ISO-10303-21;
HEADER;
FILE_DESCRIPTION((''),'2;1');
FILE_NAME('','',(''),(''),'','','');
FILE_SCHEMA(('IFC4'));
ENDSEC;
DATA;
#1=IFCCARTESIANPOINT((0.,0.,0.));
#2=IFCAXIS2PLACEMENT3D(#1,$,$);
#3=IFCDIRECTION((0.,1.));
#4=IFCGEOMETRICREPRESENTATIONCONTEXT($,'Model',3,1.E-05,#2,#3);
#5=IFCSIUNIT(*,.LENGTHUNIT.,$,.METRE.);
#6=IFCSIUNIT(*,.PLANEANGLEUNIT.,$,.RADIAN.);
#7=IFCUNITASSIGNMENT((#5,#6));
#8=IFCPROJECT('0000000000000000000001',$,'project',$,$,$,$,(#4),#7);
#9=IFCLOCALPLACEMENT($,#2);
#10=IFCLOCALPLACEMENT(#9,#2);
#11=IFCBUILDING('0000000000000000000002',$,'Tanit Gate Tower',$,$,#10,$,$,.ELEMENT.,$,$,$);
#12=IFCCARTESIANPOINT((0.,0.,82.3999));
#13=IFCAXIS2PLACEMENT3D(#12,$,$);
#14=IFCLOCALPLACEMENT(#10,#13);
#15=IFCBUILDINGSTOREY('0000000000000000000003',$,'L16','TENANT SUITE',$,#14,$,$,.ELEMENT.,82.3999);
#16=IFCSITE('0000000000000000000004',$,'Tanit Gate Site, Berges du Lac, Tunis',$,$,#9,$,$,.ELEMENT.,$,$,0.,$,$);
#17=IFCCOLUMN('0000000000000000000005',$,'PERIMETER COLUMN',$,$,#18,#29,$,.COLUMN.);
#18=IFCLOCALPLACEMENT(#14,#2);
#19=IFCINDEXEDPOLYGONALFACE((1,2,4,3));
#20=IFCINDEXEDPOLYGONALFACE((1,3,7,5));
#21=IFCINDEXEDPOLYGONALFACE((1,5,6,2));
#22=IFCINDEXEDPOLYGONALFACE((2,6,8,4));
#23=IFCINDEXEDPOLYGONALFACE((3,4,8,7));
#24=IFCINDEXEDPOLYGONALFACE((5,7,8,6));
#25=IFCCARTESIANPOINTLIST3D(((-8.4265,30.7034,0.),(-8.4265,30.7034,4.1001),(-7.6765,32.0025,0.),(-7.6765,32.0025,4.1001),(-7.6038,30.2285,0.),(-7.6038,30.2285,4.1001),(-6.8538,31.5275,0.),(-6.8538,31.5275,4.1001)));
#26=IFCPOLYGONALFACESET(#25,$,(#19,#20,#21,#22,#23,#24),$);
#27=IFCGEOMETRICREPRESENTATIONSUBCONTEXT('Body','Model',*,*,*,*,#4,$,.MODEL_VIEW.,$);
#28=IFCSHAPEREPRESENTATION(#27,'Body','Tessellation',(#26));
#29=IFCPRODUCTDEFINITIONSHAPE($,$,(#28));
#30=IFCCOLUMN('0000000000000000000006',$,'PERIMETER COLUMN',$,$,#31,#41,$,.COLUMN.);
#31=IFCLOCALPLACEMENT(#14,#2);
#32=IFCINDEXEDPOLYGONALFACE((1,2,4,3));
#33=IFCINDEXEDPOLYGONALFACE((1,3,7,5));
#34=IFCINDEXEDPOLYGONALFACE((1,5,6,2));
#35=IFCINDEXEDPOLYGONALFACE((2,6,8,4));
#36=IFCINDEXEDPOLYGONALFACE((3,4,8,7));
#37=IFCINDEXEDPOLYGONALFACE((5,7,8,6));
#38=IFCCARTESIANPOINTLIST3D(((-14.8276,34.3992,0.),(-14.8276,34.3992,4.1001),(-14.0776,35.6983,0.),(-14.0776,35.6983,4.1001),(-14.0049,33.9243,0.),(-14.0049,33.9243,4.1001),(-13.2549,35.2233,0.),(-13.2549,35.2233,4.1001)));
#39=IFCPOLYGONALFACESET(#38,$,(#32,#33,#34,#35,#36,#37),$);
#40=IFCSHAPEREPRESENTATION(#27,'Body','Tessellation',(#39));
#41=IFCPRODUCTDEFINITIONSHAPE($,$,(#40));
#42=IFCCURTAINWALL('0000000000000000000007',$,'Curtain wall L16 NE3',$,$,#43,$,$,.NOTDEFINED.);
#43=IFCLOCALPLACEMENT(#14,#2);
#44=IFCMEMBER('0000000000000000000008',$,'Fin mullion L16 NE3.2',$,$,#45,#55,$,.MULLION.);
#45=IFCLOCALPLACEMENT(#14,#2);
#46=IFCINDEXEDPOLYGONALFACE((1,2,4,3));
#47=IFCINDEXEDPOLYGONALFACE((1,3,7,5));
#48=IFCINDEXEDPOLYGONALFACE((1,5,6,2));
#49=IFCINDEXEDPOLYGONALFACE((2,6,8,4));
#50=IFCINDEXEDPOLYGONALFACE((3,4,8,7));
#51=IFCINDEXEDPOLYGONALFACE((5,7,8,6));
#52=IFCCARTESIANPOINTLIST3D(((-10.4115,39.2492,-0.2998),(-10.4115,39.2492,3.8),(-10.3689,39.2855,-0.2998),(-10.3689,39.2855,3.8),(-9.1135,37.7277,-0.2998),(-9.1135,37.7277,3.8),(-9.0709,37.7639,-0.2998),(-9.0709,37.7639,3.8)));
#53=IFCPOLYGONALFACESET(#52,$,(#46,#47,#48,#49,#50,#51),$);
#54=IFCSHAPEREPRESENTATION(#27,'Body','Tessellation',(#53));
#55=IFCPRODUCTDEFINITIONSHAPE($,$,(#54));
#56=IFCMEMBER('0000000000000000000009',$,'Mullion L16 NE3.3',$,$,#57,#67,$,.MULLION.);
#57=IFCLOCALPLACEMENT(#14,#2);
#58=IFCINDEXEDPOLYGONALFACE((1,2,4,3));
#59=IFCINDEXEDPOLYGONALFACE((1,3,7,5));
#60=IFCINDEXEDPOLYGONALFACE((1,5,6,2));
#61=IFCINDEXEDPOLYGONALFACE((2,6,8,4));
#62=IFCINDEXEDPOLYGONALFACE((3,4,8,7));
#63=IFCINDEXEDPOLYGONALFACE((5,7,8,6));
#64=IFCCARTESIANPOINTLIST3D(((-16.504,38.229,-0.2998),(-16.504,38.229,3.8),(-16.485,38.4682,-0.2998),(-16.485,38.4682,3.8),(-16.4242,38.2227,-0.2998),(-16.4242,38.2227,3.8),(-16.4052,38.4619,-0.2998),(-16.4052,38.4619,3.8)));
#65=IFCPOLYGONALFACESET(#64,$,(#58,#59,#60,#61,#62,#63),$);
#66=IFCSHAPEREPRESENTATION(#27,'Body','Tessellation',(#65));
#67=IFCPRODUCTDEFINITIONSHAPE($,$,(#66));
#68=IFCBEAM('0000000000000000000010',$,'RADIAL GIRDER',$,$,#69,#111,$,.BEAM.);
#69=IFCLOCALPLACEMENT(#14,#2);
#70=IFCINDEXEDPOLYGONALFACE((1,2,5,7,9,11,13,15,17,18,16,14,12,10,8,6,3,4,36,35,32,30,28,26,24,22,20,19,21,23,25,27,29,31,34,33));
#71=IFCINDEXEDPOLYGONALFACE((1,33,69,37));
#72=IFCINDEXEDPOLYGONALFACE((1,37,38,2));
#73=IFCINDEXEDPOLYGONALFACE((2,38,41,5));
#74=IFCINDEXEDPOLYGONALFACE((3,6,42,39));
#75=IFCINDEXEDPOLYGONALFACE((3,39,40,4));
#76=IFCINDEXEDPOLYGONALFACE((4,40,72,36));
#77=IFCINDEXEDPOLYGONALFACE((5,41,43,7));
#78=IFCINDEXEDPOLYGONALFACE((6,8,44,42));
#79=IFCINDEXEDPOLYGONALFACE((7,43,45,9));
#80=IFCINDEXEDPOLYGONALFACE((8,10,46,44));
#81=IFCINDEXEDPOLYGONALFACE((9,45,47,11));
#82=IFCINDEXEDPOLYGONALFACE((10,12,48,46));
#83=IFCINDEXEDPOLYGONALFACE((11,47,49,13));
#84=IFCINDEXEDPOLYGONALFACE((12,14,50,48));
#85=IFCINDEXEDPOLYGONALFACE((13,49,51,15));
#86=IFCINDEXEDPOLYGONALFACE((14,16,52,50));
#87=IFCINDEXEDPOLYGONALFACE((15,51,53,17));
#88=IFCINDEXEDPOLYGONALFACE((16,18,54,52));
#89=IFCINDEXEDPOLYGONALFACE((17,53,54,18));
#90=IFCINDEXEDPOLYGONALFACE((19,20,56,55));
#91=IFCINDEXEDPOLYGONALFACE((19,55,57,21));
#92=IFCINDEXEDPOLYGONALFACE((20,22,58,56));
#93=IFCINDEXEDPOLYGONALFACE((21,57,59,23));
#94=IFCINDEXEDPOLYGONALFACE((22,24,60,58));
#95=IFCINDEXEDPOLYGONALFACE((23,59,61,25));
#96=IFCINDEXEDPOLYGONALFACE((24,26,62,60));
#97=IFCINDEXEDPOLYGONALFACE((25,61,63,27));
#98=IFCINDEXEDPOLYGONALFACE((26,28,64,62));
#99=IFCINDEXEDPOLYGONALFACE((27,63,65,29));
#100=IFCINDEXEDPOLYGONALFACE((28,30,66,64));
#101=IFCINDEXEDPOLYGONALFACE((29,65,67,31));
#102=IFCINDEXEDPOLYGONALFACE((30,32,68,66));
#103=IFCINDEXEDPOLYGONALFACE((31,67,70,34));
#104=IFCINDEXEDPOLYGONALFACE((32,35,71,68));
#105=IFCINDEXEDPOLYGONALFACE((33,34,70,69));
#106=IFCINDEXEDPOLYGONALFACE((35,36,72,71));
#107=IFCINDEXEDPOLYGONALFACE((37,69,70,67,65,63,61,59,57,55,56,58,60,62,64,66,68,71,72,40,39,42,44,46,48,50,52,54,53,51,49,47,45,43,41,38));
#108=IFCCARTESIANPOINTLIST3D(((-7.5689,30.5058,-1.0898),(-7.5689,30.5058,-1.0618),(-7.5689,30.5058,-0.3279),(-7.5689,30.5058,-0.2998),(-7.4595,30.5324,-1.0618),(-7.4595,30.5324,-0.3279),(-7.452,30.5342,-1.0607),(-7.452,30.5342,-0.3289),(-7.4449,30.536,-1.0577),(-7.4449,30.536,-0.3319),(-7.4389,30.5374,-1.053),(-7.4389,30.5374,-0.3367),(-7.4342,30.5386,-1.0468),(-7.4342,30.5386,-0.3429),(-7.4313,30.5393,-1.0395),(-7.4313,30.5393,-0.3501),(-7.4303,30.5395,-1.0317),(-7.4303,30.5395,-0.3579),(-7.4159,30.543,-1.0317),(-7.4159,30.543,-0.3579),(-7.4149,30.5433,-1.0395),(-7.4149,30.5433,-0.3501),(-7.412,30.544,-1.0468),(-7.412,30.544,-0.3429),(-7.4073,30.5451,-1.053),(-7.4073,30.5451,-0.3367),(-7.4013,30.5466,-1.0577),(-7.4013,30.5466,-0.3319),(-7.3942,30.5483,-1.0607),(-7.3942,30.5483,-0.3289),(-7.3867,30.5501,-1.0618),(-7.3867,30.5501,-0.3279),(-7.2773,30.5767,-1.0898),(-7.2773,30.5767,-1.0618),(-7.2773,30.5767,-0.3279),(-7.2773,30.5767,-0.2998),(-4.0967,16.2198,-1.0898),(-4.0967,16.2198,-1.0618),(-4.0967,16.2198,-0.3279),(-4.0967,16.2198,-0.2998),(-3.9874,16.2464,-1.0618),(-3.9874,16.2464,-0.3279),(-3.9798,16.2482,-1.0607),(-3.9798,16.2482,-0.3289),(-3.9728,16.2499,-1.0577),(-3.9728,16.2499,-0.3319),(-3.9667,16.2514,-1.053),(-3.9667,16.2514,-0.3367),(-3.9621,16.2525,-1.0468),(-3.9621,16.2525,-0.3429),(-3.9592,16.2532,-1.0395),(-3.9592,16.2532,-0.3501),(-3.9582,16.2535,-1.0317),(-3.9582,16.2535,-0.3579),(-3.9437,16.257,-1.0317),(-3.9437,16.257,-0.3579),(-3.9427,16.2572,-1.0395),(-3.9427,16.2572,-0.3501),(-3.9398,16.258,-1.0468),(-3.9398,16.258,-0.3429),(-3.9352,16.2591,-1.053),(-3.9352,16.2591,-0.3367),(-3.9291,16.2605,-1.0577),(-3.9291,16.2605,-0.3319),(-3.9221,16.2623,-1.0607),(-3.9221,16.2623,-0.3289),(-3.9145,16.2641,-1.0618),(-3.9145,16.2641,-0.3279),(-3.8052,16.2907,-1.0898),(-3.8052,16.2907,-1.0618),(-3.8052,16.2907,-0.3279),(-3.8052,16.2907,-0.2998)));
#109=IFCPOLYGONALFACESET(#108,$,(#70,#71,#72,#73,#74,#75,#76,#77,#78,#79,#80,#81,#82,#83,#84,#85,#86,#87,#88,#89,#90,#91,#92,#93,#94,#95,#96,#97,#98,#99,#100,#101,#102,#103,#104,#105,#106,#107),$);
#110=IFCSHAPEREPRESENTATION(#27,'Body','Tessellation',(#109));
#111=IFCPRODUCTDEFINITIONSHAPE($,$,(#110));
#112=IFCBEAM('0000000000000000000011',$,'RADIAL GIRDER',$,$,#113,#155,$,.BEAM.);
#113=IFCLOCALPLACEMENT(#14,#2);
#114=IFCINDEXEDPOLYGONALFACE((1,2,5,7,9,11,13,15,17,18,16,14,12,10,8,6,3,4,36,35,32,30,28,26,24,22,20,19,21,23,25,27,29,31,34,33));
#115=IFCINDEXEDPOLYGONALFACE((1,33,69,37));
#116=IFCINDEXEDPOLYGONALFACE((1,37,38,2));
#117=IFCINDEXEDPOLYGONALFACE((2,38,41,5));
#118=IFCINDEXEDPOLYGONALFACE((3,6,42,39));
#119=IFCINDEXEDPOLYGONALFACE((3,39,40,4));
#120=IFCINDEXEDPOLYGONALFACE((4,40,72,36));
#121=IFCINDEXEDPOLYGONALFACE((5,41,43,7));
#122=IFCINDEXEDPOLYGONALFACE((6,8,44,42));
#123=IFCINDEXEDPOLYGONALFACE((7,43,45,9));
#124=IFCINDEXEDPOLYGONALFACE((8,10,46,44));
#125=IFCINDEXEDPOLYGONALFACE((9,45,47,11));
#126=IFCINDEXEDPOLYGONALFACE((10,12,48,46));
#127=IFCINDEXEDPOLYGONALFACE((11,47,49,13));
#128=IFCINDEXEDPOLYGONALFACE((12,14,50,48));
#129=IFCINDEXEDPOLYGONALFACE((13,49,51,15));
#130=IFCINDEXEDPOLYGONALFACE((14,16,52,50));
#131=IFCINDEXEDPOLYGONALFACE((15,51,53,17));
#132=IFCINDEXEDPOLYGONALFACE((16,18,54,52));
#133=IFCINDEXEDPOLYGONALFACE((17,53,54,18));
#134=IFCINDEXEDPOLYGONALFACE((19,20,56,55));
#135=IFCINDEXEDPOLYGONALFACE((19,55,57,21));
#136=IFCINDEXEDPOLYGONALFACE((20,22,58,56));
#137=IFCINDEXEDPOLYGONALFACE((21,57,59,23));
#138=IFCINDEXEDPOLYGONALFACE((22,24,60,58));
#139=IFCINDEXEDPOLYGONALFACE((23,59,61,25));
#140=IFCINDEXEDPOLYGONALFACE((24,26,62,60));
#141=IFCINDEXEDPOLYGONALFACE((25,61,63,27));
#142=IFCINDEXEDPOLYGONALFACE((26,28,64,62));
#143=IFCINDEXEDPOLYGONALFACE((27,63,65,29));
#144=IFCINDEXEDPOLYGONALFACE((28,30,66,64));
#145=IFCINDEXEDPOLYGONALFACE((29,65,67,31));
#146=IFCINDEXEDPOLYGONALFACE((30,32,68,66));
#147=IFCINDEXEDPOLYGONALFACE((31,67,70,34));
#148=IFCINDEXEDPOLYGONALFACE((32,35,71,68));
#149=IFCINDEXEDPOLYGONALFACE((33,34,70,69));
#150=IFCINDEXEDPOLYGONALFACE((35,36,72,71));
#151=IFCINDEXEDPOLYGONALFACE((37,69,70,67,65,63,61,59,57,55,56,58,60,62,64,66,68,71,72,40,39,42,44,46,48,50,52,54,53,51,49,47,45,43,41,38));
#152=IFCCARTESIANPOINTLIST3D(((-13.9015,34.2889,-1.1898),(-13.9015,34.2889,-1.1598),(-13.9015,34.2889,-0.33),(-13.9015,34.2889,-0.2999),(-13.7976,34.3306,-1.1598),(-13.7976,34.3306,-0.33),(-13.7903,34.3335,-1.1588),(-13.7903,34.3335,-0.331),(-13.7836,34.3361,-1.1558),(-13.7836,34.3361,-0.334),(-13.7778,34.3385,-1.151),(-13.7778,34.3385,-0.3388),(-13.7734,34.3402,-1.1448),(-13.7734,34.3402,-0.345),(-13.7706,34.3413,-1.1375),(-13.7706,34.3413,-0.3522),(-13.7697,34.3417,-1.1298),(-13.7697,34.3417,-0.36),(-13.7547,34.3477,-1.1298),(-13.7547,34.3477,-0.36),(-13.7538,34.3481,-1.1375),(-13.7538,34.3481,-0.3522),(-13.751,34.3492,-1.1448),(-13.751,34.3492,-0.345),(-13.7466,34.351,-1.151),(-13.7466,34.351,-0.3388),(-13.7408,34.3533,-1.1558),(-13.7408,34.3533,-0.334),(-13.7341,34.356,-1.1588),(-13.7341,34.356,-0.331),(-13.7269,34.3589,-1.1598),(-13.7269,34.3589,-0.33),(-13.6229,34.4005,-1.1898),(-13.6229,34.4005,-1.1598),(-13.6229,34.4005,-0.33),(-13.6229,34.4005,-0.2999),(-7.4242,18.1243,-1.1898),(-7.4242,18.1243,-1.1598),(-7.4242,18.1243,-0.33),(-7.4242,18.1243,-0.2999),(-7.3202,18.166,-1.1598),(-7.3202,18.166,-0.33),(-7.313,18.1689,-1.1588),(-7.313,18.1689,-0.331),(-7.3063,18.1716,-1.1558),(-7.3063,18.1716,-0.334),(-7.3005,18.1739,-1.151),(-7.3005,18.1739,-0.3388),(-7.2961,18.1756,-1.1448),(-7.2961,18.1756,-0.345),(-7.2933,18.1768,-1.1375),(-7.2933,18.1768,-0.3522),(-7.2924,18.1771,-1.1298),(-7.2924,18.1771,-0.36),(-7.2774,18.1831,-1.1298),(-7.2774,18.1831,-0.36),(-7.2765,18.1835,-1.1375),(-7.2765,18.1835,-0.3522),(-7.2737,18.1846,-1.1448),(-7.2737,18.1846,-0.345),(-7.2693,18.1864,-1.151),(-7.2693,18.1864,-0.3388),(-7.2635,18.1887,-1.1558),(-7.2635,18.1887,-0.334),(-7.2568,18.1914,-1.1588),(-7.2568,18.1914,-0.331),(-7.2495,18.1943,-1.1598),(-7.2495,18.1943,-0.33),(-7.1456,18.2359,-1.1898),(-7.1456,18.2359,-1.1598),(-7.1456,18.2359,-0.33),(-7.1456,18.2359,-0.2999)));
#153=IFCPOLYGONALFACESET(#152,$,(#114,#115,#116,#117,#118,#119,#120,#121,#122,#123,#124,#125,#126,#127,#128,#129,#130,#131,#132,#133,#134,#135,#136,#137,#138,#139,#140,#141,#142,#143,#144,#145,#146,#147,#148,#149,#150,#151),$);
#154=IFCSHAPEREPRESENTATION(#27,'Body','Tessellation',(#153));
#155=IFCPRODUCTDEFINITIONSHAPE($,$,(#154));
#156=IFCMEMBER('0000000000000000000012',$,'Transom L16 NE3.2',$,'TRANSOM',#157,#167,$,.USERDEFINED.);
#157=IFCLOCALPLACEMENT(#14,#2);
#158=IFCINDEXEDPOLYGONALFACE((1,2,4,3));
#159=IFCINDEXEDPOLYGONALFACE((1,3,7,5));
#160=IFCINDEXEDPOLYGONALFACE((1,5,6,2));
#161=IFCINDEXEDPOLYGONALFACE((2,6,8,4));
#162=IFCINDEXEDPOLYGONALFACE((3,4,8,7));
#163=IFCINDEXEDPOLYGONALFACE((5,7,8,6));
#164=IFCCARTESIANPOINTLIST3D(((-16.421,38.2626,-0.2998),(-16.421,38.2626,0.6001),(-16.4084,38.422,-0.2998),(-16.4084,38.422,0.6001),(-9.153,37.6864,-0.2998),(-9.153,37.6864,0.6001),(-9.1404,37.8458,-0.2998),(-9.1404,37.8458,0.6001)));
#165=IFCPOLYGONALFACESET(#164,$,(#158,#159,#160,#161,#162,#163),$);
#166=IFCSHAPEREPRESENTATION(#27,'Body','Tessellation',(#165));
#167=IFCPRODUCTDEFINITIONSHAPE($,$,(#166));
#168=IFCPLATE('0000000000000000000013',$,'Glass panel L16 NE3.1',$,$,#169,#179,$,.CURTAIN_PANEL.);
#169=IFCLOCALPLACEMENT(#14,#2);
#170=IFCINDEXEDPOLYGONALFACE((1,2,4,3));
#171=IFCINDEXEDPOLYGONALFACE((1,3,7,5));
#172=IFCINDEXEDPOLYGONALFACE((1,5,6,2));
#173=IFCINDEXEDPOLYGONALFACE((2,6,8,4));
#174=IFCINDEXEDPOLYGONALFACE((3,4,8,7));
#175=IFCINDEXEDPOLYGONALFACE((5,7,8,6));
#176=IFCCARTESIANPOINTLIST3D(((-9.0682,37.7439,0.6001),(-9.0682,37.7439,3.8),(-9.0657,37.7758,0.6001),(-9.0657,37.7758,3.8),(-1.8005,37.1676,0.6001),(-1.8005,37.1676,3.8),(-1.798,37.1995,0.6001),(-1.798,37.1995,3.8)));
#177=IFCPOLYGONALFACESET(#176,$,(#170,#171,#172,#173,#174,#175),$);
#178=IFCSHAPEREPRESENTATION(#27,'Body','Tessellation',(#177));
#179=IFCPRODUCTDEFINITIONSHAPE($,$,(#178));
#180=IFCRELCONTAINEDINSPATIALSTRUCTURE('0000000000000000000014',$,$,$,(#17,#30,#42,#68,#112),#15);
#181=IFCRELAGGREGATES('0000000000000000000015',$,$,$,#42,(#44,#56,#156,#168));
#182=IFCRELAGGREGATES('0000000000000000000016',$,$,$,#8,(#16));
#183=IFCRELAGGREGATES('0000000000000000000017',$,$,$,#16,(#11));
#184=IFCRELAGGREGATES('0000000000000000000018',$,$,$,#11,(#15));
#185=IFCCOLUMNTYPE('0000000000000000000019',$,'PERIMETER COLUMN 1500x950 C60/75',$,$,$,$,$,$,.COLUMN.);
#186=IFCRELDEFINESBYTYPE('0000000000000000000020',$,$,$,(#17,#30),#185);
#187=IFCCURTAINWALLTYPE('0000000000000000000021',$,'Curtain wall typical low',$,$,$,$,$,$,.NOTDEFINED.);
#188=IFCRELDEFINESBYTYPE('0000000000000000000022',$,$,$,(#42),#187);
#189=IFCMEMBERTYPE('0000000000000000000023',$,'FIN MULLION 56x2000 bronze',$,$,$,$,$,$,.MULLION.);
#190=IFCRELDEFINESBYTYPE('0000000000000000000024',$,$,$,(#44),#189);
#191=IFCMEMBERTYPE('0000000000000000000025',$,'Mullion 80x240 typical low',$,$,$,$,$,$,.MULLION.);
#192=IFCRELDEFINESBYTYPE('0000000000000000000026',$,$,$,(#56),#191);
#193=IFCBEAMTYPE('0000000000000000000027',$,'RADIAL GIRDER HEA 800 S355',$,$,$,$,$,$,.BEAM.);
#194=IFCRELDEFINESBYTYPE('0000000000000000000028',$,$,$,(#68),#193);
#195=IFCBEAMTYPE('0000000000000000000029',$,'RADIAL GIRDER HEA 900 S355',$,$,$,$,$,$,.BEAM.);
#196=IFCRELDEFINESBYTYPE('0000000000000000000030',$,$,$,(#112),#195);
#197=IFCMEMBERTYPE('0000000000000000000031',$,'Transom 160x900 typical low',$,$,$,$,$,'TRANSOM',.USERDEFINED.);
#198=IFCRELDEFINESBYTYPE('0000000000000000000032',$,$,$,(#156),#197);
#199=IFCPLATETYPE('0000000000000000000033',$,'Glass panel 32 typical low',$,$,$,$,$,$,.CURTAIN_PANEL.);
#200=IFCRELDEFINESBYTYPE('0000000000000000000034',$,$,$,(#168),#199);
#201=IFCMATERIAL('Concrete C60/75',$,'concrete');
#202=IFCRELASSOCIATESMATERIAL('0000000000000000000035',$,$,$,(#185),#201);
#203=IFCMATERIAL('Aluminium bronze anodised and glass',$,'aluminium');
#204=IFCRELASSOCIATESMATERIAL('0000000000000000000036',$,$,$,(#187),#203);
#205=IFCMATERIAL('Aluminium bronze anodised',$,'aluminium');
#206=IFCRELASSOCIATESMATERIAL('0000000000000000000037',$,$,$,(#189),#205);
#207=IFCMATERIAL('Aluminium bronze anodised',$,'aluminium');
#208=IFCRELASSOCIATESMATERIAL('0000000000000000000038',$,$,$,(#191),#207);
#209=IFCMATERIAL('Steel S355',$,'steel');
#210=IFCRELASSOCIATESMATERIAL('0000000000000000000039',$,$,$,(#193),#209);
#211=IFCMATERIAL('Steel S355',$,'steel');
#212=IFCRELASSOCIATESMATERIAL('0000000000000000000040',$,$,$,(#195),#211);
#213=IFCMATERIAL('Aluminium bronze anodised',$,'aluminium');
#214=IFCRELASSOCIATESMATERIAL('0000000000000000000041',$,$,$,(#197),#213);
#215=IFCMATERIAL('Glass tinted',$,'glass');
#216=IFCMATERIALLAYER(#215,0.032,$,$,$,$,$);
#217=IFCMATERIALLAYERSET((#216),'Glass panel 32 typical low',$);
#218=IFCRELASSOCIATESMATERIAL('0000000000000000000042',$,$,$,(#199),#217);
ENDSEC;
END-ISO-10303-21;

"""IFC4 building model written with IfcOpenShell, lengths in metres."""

from ifc_helpers import new_model, si_unit, direction, frame, origin, origin_2d, place, context, subcontext, project, spatial, rectangle, i_section, extrude, material, layer, layer_set, material_profile, profile_set, type_object, element, aggregate, save


model = new_model("IFC4")

# Units and contexts
model_context = context("Model", 3, precision=1e-05, world=origin(), true_north=direction((0.0, 1.0)))
body_context = subcontext(model_context, "Body", "Model", "MODEL_VIEW")
ifc_project = project(units=[si_unit("LENGTHUNIT", "METRE"), si_unit("PLANEANGLEUNIT", "RADIAN")], contexts=[model_context])

# Site, building, storey
site_placement = place(None, origin())
site = spatial("IfcSite", under=ifc_project, at=site_placement, Name="Tanit Gate Site, Berges du Lac, Tunis", CompositionType="ELEMENT", RefElevation=0.0)
building_placement = place(site_placement, origin())
building = spatial("IfcBuilding", under=site, at=building_placement, Name="Tanit Gate Tower", CompositionType="ELEMENT")
storey_placement = place(building_placement, frame((0.0, 0.0, 82.3999)))
storey = spatial("IfcBuildingStorey", under=building, at=storey_placement, Name="L16", Description="TENANT SUITE", CompositionType="ELEMENT", Elevation=82.3999)

# Columns
ifc_material_1 = material(Name="Concrete C60/75", Category="concrete")
ifc_material_profile_1 = material_profile(ifc_material_1, rectangle(XDim=1.5, YDim=0.95, at=origin_2d()), Name="RC 1500x950")
ifc_profile_set_1 = profile_set([ifc_material_profile_1], Name="Concrete C60/75")
column_type = type_object("IfcColumnType", Name="PERIMETER COLUMN 1500x950 C60/75", PredefinedType="COLUMN", material=ifc_profile_set_1)
for number, where, z_axis, x_axis, name in (
    (1, (-7.6401, 31.1155, 0.0), (0.0, 0.0, 1.0), (0.5, 0.866025, 0.0), "PERIMETER COLUMN"),
    (2, (-14.0413, 34.8113, 0.0), (0.0, 0.0, 1.0), (0.5, 0.866025, 0.0), "PERIMETER COLUMN"),
):
    element("IfcColumn", number, at=place(storey_placement, frame(where, z_axis=z_axis, x_axis=x_axis)), inside=storey, type_object=column_type, Name=name, PredefinedType="COLUMN", context=body_context, shape_type="SweptSolid", body=[
        extrude(rectangle(XDim=1.5, YDim=0.95, at=origin_2d()), origin(), (0.0, 0.0, 1.0), 4.1001),
    ])

# Curtain wall, members
ifc_material_2 = material(Name="Aluminium bronze anodised and glass", Category="aluminium")
curtain_wall_type = type_object("IfcCurtainWallType", Name="Curtain wall typical low", PredefinedType="NOTDEFINED", material=ifc_material_2)
curtain_wall_placement = place(storey_placement, origin())
curtain_wall = element("IfcCurtainWall", 3, at=curtain_wall_placement, inside=storey, type_object=curtain_wall_type, Name="Curtain wall L16 NE3", PredefinedType="NOTDEFINED")
ifc_material_3 = material(Name="Aluminium bronze anodised", Category="aluminium")
ifc_material_profile_2 = material_profile(ifc_material_3, rectangle(XDim=2.0, YDim=0.0559, at=origin_2d()), Name="56x2000 bronze fin mullion")
ifc_profile_set_2 = profile_set([ifc_material_profile_2], Name="Aluminium bronze anodised")
member_type_1 = type_object("IfcMemberType", Name="FIN MULLION 56x2000 bronze", PredefinedType="MULLION", material=ifc_profile_set_2)
member_1_placement = place(storey_placement, frame((-9.7412, 38.5066, -0.2998), z_axis=(0.0, 0.0, 1.0), x_axis=(0.649001, -0.760787, 0.0)))
member_1 = element("IfcMember", 4, at=member_1_placement, type_object=member_type_1, Name="Fin mullion L16 NE3.2", PredefinedType="MULLION", context=body_context, shape_type="SweptSolid", body=[
    extrude(rectangle(XDim=2.0, YDim=0.0559, at=origin_2d()), origin(), (0.0, 0.0, 1.0), 4.0999),
])
ifc_material_4 = material(Name="Aluminium bronze anodised", Category="aluminium")
ifc_material_profile_3 = material_profile(ifc_material_4, rectangle(XDim=0.24, YDim=0.0801, at=origin_2d()), Name="80x240 bronze mullion")
ifc_profile_set_3 = profile_set([ifc_material_profile_3], Name="Aluminium bronze anodised")
member_type_2 = type_object("IfcMemberType", Name="Mullion 80x240 typical low", PredefinedType="MULLION", material=ifc_profile_set_3)
member_2_placement = place(storey_placement, frame((-16.4546, 38.3455, -0.2998), z_axis=(0.0, 0.0, 1.0), x_axis=(-0.079045, -0.996871, 0.0)))
member_2 = element("IfcMember", 5, at=member_2_placement, type_object=member_type_2, Name="Mullion L16 NE3.3", PredefinedType="MULLION", context=body_context, shape_type="SweptSolid", body=[
    extrude(rectangle(XDim=0.24, YDim=0.0801, at=origin_2d()), origin(), (0.0, 0.0, 1.0), 4.0999),
])

# Beams
ifc_material_5 = material(Name="Steel S355", Category="steel")
ifc_material_profile_4 = material_profile(ifc_material_5, i_section(OverallWidth=0.3, OverallDepth=0.79, WebThickness=0.0149, FlangeThickness=0.0281, FilletRadius=0.03, at=origin_2d()), Name="HEA 800")
ifc_profile_set_4 = profile_set([ifc_material_profile_4], Name="Steel S355")
beam_type_1 = type_object("IfcBeamType", Name="RADIAL GIRDER HEA 800 S355", PredefinedType="BEAM", material=ifc_profile_set_4)
beam_1_placement = place(storey_placement, frame((-7.4231, 30.5413, -0.6948), z_axis=(0.236169, -0.971712, 0.0), x_axis=(0.971712, 0.236169, 0.0)))
element("IfcBeam", 6, at=beam_1_placement, inside=storey, type_object=beam_type_1, Name="RADIAL GIRDER", PredefinedType="BEAM", context=body_context, shape_type="SweptSolid", body=[
    extrude(i_section(OverallWidth=0.3, OverallDepth=0.79, WebThickness=0.0149, FlangeThickness=0.0281, FilletRadius=0.03, at=origin_2d()), origin(), (0.0, 0.0, 1.0), 14.7019),
])
ifc_material_6 = material(Name="Steel S355", Category="steel")
ifc_material_profile_5 = material_profile(ifc_material_6, i_section(OverallWidth=0.3, OverallDepth=0.8899, WebThickness=0.0161, FlangeThickness=0.03, FilletRadius=0.03, at=origin_2d()), Name="HEA 900")
ifc_profile_set_5 = profile_set([ifc_material_profile_5], Name="Steel S355")
beam_type_2 = type_object("IfcBeamType", Name="RADIAL GIRDER HEA 900 S355", PredefinedType="BEAM", material=ifc_profile_set_5)
beam_2_placement = place(storey_placement, frame((-13.7622, 34.3447, -0.7449), z_axis=(0.371959, -0.928249, 0.0), x_axis=(0.928249, 0.371959, 0.0)))
element("IfcBeam", 7, at=beam_2_placement, inside=storey, type_object=beam_type_2, Name="RADIAL GIRDER", PredefinedType="BEAM", context=body_context, shape_type="SweptSolid", body=[
    extrude(i_section(OverallWidth=0.3, OverallDepth=0.8899, WebThickness=0.0161, FlangeThickness=0.03, FilletRadius=0.03, at=origin_2d()), origin(), (0.0, 0.0, 1.0), 17.4141),
])

# Member
ifc_material_7 = material(Name="Aluminium bronze anodised", Category="aluminium")
ifc_material_profile_6 = material_profile(ifc_material_7, rectangle(XDim=0.1599, YDim=0.8999, at=origin_2d()), Name="160x900 bronze transom")
ifc_profile_set_6 = profile_set([ifc_material_profile_6], Name="Aluminium bronze anodised")
member_type_3 = type_object("IfcMemberType", Name="Transom 160x900 typical low", ElementType="TRANSOM", PredefinedType="USERDEFINED", material=ifc_profile_set_6)
member_3_placement = place(storey_placement, frame((-9.1467, 37.7661, 0.1501), z_axis=(-0.996873, 0.079027, 0.0), x_axis=(-0.079027, -0.996873, 0.0)))
member_3 = element("IfcMember", 8, at=member_3_placement, type_object=member_type_3, Name="Transom L16 NE3.2", ObjectType="TRANSOM", PredefinedType="USERDEFINED", context=body_context, shape_type="SweptSolid", body=[
    extrude(rectangle(XDim=0.1599, YDim=0.8999, at=origin_2d()), origin(), (0.0, 0.0, 1.0), 7.2908),
])

# Plate
ifc_material_8 = material(Name="Glass tinted", Category="glass")
ifc_layer_1 = layer(ifc_material_8, 0.032)
ifc_layer_set_1 = layer_set([ifc_layer_1], Name="Glass panel 32 typical low")
plate_type = type_object("IfcPlateType", Name="Glass panel 32 typical low", PredefinedType="CURTAIN_PANEL", material=ifc_layer_set_1)
plate_1_placement = place(storey_placement, frame((-5.4331, 37.4717, 0.6001), z_axis=(0.0, 0.0, 1.0), x_axis=(-0.996871, 0.079045, 0.0)))
plate_1 = element("IfcPlate", 9, at=plate_1_placement, type_object=plate_type, Name="Glass panel L16 NE3.1", PredefinedType="CURTAIN_PANEL", context=body_context, shape_type="SweptSolid", body=[
    extrude(rectangle(XDim=7.2905, YDim=0.032, at=origin_2d()), origin(), (0.0, 0.0, 1.0), 3.2),
])
aggregate(curtain_wall, [member_1, member_2, member_3, plate_1])

save(model, "model.ifc")
